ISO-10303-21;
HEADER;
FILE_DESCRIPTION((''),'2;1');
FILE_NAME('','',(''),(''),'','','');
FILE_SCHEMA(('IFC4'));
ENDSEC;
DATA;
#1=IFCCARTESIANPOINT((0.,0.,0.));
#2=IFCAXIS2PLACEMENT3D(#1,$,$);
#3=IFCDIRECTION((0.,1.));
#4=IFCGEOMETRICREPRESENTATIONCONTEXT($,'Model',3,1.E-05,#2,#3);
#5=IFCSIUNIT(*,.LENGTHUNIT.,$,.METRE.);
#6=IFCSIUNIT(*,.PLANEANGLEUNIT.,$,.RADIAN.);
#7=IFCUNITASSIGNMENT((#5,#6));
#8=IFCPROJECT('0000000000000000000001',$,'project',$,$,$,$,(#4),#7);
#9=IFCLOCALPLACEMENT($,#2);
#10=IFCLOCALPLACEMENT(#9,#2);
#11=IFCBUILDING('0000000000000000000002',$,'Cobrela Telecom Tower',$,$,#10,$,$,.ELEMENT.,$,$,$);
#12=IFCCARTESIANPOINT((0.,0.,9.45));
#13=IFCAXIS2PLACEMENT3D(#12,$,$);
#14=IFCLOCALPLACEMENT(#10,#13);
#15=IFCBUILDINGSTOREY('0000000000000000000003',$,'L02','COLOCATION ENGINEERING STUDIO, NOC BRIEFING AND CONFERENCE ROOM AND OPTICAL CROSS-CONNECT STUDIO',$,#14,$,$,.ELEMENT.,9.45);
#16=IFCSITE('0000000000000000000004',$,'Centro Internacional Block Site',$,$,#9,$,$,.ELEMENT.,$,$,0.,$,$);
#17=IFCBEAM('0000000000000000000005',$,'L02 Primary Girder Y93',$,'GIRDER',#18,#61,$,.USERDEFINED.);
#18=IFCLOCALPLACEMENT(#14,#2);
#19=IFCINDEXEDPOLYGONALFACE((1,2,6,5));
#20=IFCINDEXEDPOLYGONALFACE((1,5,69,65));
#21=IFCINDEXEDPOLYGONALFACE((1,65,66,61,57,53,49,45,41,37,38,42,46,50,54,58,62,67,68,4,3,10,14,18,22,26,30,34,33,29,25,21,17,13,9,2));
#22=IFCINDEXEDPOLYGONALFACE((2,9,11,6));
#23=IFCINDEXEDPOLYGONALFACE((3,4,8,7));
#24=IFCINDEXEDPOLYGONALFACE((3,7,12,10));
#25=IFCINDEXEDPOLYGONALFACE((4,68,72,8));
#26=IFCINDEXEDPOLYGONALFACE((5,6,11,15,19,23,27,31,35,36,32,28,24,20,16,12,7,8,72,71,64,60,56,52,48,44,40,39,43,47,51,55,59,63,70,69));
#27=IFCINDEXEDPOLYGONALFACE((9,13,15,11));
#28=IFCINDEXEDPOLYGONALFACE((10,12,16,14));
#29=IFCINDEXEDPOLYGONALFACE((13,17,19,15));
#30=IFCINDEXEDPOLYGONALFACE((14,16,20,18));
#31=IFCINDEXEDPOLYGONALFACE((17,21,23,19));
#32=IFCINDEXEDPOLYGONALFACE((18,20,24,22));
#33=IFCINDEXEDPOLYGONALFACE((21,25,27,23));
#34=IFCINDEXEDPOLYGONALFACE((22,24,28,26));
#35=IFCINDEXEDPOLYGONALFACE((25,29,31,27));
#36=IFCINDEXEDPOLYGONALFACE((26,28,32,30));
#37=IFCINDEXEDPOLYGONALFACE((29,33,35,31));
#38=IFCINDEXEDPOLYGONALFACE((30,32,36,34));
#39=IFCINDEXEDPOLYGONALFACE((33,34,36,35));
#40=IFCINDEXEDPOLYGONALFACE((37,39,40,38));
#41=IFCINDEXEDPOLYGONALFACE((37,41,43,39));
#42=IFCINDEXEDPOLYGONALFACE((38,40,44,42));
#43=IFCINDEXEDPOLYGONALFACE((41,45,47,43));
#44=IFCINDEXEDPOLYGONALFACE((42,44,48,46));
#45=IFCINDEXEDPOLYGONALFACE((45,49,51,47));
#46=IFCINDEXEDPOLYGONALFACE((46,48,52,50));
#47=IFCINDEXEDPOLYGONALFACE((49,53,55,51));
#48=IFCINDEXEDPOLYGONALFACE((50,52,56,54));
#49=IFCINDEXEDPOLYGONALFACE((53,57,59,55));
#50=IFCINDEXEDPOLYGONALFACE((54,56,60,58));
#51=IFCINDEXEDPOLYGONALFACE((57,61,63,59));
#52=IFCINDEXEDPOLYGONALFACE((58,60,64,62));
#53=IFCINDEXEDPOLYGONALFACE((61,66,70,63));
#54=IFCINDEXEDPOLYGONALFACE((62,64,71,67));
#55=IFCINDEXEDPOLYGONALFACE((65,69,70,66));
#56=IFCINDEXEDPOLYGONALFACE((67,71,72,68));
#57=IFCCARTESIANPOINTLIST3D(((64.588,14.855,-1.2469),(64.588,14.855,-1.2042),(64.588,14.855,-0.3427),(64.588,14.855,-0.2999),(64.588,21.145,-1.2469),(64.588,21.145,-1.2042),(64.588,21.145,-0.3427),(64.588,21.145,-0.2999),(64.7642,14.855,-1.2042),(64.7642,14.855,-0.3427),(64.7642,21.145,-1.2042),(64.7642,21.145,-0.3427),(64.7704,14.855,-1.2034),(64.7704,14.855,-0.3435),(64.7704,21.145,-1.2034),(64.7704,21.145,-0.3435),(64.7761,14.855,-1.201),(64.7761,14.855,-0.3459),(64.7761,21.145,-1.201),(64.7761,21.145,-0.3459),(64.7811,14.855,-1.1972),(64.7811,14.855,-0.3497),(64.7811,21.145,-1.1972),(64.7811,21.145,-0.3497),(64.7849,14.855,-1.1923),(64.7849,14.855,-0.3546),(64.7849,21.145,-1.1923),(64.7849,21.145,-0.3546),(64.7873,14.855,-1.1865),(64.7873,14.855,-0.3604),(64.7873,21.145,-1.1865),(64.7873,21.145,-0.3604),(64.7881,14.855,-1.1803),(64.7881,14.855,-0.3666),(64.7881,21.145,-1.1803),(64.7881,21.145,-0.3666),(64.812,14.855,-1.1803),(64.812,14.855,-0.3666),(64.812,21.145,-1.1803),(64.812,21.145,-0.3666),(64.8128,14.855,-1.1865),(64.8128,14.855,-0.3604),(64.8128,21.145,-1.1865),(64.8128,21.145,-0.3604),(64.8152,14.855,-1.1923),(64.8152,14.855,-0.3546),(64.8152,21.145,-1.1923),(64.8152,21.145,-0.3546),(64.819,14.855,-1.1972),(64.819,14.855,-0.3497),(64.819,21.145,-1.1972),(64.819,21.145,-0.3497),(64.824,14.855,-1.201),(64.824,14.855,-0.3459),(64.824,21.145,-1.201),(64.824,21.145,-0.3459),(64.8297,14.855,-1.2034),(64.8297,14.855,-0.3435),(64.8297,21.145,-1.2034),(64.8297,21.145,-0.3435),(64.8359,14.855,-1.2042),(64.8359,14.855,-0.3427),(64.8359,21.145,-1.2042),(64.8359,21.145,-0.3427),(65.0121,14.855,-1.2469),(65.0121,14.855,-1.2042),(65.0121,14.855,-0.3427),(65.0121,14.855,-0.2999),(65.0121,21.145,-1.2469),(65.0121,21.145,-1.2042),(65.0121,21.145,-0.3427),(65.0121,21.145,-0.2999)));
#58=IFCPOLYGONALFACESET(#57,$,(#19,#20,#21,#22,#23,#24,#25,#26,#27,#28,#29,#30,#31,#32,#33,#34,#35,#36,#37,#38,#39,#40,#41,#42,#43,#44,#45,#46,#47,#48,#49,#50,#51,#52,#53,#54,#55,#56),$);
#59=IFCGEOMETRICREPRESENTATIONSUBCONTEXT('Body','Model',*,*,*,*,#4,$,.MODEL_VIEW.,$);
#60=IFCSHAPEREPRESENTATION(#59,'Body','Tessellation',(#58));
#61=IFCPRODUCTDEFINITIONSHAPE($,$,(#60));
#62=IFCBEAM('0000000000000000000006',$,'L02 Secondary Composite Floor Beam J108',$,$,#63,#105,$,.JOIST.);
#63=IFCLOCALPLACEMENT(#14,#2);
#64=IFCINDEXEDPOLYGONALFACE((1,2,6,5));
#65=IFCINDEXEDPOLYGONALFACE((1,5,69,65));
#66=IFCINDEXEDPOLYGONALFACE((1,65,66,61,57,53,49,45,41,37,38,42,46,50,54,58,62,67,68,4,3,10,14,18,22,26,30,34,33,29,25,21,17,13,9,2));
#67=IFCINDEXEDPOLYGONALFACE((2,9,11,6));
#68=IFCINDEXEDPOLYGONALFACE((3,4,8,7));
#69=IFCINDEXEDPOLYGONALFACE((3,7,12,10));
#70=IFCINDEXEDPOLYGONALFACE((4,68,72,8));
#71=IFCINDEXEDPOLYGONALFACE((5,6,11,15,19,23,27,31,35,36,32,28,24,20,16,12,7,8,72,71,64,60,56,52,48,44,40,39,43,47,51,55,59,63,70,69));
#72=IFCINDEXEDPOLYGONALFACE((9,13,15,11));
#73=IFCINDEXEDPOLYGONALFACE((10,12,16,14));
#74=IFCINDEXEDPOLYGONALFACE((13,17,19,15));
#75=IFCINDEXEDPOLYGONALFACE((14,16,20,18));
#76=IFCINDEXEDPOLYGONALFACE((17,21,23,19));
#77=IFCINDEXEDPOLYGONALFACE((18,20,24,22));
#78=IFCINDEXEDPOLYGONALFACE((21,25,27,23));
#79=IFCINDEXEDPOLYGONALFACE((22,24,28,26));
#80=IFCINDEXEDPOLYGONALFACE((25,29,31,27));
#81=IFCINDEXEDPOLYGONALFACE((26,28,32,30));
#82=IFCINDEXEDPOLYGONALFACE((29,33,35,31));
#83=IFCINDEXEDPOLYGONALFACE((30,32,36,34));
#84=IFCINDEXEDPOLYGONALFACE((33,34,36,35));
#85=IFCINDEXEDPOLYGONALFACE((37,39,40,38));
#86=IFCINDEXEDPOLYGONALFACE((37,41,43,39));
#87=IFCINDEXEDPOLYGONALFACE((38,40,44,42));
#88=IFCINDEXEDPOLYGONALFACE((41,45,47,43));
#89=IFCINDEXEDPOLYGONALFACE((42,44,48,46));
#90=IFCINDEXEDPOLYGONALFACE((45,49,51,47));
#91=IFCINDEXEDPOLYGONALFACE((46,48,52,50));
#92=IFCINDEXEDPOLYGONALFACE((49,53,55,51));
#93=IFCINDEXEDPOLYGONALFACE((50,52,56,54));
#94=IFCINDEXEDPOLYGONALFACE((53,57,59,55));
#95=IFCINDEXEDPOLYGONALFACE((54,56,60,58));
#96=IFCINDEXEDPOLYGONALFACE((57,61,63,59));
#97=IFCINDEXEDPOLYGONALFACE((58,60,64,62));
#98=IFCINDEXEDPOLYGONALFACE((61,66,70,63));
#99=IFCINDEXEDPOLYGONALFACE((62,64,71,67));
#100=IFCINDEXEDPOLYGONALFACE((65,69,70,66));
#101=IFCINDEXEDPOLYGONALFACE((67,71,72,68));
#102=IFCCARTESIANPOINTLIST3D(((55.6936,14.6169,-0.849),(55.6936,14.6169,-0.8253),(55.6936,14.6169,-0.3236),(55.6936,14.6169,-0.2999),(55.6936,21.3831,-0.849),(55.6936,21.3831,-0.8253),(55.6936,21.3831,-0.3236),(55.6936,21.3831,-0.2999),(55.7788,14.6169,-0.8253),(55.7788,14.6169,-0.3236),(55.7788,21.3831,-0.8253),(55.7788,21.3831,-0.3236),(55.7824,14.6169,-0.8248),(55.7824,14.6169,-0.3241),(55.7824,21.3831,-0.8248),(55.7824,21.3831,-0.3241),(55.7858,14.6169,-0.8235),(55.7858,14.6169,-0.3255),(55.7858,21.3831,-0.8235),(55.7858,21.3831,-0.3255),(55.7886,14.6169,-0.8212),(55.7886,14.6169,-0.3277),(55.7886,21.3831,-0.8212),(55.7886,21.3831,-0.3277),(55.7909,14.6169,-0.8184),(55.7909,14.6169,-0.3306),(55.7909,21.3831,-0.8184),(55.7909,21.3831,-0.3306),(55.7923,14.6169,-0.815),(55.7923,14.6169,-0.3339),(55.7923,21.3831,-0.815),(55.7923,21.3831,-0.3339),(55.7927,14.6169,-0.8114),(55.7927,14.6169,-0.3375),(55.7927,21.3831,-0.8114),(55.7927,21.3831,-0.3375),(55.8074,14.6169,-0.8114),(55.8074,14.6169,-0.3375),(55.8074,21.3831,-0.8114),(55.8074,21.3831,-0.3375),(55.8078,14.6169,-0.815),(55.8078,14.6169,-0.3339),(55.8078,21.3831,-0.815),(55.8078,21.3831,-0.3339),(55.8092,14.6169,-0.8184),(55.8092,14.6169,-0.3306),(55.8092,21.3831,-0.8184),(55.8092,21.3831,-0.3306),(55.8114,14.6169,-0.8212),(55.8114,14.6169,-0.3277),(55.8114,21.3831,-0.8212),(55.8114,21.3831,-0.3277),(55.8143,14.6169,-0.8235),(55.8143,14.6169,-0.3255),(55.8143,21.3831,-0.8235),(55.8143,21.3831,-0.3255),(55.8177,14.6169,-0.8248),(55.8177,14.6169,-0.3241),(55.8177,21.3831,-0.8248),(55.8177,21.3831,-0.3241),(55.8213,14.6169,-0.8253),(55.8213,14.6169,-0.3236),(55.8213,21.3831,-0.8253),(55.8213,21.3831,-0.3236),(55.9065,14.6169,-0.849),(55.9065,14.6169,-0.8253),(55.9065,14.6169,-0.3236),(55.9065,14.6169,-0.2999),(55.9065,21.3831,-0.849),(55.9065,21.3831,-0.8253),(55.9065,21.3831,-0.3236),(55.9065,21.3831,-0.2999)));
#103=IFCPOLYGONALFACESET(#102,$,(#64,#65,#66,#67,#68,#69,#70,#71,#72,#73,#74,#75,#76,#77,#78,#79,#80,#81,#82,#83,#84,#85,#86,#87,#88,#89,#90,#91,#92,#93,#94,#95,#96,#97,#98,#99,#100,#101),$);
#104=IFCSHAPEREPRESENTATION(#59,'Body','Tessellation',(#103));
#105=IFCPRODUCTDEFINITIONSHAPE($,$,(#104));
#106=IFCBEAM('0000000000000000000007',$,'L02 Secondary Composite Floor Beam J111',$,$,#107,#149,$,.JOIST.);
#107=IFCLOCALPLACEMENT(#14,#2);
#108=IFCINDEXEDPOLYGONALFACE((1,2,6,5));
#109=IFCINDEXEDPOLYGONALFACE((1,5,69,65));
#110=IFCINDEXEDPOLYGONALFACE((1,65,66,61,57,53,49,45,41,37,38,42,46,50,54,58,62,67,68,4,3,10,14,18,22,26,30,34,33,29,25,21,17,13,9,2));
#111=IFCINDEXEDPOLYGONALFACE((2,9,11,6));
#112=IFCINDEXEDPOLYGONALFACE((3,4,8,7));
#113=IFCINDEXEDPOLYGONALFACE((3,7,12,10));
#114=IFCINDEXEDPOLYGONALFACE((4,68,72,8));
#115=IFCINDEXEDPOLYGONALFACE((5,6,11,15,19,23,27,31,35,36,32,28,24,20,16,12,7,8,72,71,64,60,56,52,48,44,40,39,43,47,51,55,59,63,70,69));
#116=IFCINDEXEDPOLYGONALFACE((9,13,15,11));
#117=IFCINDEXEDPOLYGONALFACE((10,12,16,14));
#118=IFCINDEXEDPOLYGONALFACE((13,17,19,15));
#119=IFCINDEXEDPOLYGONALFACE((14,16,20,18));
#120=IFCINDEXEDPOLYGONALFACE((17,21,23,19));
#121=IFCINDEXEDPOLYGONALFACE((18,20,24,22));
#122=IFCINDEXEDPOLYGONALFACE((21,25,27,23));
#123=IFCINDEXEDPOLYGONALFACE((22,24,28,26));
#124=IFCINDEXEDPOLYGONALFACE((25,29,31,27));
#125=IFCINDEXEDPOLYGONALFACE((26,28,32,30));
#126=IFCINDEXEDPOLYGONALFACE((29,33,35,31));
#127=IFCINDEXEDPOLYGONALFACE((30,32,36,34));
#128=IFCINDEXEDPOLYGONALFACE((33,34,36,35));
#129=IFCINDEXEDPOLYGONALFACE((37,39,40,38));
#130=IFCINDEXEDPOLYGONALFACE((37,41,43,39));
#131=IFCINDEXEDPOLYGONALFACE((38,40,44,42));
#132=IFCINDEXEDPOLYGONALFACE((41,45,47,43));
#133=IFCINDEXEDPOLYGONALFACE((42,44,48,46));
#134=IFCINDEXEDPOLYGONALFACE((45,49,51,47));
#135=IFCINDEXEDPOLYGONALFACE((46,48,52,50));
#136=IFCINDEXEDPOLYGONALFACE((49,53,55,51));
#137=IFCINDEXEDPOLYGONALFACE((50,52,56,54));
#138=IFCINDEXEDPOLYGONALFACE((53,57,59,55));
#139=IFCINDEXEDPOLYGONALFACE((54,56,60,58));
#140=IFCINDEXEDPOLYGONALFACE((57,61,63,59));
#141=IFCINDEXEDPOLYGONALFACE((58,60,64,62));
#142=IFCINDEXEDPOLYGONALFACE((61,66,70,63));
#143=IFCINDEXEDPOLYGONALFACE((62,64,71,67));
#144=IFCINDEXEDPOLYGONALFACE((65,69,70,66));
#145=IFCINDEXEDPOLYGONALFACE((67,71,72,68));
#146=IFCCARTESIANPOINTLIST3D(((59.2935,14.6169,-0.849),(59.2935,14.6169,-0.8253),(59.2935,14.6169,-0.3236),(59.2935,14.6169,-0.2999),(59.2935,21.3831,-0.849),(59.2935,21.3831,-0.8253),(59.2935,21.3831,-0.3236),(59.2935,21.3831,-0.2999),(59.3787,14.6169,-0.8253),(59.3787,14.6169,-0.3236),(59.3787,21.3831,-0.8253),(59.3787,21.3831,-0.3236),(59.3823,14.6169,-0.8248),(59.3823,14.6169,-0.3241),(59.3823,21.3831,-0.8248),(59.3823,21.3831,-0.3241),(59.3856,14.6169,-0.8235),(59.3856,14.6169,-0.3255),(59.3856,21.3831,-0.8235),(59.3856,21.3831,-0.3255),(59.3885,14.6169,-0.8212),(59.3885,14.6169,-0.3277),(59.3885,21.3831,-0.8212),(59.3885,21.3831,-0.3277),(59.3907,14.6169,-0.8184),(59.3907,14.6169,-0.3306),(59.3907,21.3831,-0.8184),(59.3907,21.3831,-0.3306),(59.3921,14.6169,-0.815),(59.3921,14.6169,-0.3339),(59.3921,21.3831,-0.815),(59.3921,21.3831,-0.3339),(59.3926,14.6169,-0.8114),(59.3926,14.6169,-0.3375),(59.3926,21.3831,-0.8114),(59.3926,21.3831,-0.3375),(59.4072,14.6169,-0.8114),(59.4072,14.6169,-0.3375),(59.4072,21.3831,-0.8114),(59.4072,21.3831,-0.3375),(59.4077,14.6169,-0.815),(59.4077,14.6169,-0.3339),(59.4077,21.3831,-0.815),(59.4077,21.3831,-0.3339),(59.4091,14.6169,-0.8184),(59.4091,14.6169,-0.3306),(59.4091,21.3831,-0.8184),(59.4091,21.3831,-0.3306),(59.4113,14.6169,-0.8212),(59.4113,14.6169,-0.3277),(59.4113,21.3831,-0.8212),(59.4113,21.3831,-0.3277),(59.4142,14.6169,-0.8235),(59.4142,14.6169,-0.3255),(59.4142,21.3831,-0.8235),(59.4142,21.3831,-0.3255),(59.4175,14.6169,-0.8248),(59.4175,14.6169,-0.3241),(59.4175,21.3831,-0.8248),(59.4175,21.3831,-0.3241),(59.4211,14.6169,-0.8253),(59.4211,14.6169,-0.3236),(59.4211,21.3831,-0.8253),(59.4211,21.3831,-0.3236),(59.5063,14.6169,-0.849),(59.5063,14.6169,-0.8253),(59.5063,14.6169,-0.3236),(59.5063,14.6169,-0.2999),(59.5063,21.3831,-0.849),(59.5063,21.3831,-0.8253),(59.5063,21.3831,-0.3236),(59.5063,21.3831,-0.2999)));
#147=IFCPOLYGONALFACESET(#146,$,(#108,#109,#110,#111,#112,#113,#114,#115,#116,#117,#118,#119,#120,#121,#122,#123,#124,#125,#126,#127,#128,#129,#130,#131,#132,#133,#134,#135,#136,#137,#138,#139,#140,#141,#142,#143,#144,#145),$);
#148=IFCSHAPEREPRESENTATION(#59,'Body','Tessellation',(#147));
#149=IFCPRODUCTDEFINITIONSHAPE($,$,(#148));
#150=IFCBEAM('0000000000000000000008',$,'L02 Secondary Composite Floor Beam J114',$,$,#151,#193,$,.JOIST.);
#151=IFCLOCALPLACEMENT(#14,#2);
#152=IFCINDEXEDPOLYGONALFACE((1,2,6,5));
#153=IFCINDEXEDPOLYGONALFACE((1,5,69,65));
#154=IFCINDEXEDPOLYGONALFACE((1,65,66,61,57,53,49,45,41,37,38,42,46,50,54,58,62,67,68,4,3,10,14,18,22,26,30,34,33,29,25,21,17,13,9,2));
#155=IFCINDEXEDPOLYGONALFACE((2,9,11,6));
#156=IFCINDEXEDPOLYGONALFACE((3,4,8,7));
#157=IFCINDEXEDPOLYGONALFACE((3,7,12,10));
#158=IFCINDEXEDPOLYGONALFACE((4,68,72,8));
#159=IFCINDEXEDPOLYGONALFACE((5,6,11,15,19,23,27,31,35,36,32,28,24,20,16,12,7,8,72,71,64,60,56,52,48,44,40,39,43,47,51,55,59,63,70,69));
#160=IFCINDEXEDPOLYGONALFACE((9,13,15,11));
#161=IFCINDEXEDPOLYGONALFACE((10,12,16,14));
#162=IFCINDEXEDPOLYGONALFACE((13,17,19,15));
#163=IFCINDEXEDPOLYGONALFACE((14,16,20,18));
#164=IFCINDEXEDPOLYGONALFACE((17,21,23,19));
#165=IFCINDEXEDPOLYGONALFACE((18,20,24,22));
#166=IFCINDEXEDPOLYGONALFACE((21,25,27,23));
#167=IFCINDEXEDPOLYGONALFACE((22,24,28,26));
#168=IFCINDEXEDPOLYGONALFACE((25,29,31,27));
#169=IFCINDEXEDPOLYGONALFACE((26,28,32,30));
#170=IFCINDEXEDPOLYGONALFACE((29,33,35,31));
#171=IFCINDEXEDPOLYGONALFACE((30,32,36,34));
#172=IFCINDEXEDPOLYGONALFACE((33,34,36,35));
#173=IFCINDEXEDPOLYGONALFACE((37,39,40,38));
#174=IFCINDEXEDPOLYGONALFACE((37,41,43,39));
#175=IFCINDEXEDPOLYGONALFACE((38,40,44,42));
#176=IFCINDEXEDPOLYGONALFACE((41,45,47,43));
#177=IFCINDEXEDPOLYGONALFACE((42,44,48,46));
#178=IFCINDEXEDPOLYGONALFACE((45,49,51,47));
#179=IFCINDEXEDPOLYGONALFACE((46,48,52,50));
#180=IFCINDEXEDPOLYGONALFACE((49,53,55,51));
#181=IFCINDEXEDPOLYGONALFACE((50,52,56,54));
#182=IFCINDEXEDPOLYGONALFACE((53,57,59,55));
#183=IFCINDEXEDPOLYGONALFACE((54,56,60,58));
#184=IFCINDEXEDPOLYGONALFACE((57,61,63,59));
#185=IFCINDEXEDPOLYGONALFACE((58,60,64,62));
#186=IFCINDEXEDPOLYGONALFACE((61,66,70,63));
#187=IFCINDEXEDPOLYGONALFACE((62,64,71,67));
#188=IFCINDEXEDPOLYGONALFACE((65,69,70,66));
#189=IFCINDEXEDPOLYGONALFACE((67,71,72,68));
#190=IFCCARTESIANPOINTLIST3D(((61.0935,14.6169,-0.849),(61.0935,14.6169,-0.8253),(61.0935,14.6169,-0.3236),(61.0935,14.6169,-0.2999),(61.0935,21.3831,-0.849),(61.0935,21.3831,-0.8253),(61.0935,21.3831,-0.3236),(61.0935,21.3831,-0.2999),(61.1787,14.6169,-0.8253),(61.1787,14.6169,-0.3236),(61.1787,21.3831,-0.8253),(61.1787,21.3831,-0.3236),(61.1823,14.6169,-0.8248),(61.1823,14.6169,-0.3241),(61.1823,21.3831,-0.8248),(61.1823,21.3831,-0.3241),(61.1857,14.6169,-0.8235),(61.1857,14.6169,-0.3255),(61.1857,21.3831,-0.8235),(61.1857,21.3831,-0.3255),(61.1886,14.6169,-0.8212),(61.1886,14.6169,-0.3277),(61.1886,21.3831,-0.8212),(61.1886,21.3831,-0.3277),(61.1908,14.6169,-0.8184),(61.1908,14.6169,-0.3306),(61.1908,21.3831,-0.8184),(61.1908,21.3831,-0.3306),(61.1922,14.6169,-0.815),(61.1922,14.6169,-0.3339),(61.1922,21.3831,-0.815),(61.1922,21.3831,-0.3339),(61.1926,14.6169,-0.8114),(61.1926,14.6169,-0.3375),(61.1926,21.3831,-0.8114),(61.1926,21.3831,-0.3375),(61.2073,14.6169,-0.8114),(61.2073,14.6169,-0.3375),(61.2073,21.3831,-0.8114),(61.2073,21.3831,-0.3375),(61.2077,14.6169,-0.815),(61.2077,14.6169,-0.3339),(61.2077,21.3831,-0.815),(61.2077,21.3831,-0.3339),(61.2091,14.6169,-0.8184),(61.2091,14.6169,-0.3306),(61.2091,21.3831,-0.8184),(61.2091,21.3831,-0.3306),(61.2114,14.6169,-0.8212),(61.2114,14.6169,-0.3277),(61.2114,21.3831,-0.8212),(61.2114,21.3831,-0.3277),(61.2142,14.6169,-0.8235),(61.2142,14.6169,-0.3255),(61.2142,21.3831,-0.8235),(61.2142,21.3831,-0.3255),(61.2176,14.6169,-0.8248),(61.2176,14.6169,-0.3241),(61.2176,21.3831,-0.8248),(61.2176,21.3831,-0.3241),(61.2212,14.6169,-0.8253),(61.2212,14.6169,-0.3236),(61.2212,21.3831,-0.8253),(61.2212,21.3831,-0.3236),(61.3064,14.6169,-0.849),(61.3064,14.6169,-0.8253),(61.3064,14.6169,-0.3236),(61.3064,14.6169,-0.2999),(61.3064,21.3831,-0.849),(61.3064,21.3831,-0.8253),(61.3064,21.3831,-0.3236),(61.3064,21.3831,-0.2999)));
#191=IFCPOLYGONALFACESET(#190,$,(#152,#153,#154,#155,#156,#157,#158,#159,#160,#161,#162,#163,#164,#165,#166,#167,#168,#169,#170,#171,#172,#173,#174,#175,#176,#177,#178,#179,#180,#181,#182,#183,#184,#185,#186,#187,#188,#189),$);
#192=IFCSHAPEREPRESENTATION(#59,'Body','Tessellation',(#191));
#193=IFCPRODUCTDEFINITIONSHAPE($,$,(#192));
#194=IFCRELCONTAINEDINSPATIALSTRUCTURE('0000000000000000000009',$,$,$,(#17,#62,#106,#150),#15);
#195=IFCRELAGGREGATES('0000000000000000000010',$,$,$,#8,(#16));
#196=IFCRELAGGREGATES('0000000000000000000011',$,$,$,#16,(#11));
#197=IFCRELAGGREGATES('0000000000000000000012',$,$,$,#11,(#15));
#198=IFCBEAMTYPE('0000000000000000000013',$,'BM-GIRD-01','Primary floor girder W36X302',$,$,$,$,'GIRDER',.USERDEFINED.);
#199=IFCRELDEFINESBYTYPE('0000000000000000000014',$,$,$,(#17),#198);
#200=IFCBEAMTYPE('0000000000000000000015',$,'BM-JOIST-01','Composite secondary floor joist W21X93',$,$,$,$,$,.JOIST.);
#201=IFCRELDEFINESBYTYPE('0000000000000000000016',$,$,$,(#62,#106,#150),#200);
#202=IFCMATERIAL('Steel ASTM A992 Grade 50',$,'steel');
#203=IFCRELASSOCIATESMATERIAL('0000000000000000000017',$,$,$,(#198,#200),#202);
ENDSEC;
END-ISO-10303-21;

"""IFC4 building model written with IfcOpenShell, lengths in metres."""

from ifc_helpers import new_model, si_unit, direction, frame, origin, origin_2d, place, context, subcontext, project, spatial, i_section, extrude, material, material_profile, profile_set, type_object, element, save


model = new_model("IFC4")

# Units and contexts
model_context = context("Model", 3, precision=1e-05, world=origin(), true_north=direction((0.0, 1.0)))
body_context = subcontext(model_context, "Body", "Model", "MODEL_VIEW")
ifc_project = project(units=[si_unit("LENGTHUNIT", "METRE"), si_unit("PLANEANGLEUNIT", "RADIAN")], contexts=[model_context])

# Site, building, storey
site_placement = place(None, origin())
site = spatial("IfcSite", under=ifc_project, at=site_placement, Name="Centro Internacional Block Site", CompositionType="ELEMENT", RefElevation=0.0)
building_placement = place(site_placement, origin())
building = spatial("IfcBuilding", under=site, at=building_placement, Name="Cobrela Telecom Tower", CompositionType="ELEMENT")
storey_placement = place(building_placement, frame((0.0, 0.0, 9.45)))
storey = spatial("IfcBuildingStorey", under=building, at=storey_placement, Name="L02", Description="COLOCATION ENGINEERING STUDIO, NOC BRIEFING AND CONFERENCE ROOM AND OPTICAL CROSS-CONNECT STUDIO", CompositionType="ELEMENT", Elevation=9.45)

# Beams
ifc_material_1 = material(Name="Steel ASTM A992 Grade 50", Category="steel")
ifc_material_profile_1 = material_profile(ifc_material_1, i_section(OverallWidth=0.4241, OverallDepth=0.947, WebThickness=0.0239, FlangeThickness=0.0427, FilletRadius=0.0239, at=origin_2d()), Name="W36X302")
ifc_profile_set_1 = profile_set([ifc_material_profile_1], Name="Steel ASTM A992 Grade 50")
beam_type_1 = type_object("IfcBeamType", Name="BM-GIRD-01", Description="Primary floor girder W36X302", ElementType="GIRDER", PredefinedType="USERDEFINED", material=ifc_profile_set_1)
for number, where, z_axis, x_axis, name in (
    (1, (64.8, 14.855, -0.7734), (0.0, 1.0, 0.0), (-1.0, 0.0, 0.0), "L02 Primary Girder Y93"),
):
    element("IfcBeam", number, at=place(storey_placement, frame(where, z_axis=z_axis, x_axis=x_axis)), inside=storey, type_object=beam_type_1, Name=name, ObjectType="GIRDER", PredefinedType="USERDEFINED", context=body_context, shape_type="SweptSolid", body=[
        extrude(i_section(OverallWidth=0.4241, OverallDepth=0.947, WebThickness=0.0239, FlangeThickness=0.0427, FilletRadius=0.0239, at=origin_2d()), origin(), (0.0, 0.0, 1.0), 6.29),
    ])
ifc_material_profile_2 = material_profile(ifc_material_1, i_section(OverallWidth=0.2129, OverallDepth=0.5491, WebThickness=0.0146, FlangeThickness=0.0237, FilletRadius=0.0139, at=origin_2d()), Name="W21X93")
ifc_profile_set_2 = profile_set([ifc_material_profile_2], Name="Steel ASTM A992 Grade 50")
beam_type_2 = type_object("IfcBeamType", Name="BM-JOIST-01", Description="Composite secondary floor joist W21X93", PredefinedType="JOIST", material=ifc_profile_set_2)
for number, where, z_axis, x_axis, name in (
    (2, (55.8, 14.6169, -0.5745), (0.0, 1.0, 0.0), (-1.0, 0.0, 0.0), "L02 Secondary Composite Floor Beam J108"),
    (3, (59.3999, 14.6169, -0.5745), (0.0, 1.0, 0.0), (-1.0, 0.0, 0.0), "L02 Secondary Composite Floor Beam J111"),
    (4, (61.2, 14.6169, -0.5745), (0.0, 1.0, 0.0), (-1.0, 0.0, 0.0), "L02 Secondary Composite Floor Beam J114"),
):
    element("IfcBeam", number, at=place(storey_placement, frame(where, z_axis=z_axis, x_axis=x_axis)), inside=storey, type_object=beam_type_2, Name=name, PredefinedType="JOIST", context=body_context, shape_type="SweptSolid", body=[
        extrude(i_section(OverallWidth=0.2129, OverallDepth=0.5491, WebThickness=0.0146, FlangeThickness=0.0237, FilletRadius=0.0139, at=origin_2d()), origin(), (0.0, 0.0, 1.0), 6.7661),
    ])

save(model, "model.ifc")
